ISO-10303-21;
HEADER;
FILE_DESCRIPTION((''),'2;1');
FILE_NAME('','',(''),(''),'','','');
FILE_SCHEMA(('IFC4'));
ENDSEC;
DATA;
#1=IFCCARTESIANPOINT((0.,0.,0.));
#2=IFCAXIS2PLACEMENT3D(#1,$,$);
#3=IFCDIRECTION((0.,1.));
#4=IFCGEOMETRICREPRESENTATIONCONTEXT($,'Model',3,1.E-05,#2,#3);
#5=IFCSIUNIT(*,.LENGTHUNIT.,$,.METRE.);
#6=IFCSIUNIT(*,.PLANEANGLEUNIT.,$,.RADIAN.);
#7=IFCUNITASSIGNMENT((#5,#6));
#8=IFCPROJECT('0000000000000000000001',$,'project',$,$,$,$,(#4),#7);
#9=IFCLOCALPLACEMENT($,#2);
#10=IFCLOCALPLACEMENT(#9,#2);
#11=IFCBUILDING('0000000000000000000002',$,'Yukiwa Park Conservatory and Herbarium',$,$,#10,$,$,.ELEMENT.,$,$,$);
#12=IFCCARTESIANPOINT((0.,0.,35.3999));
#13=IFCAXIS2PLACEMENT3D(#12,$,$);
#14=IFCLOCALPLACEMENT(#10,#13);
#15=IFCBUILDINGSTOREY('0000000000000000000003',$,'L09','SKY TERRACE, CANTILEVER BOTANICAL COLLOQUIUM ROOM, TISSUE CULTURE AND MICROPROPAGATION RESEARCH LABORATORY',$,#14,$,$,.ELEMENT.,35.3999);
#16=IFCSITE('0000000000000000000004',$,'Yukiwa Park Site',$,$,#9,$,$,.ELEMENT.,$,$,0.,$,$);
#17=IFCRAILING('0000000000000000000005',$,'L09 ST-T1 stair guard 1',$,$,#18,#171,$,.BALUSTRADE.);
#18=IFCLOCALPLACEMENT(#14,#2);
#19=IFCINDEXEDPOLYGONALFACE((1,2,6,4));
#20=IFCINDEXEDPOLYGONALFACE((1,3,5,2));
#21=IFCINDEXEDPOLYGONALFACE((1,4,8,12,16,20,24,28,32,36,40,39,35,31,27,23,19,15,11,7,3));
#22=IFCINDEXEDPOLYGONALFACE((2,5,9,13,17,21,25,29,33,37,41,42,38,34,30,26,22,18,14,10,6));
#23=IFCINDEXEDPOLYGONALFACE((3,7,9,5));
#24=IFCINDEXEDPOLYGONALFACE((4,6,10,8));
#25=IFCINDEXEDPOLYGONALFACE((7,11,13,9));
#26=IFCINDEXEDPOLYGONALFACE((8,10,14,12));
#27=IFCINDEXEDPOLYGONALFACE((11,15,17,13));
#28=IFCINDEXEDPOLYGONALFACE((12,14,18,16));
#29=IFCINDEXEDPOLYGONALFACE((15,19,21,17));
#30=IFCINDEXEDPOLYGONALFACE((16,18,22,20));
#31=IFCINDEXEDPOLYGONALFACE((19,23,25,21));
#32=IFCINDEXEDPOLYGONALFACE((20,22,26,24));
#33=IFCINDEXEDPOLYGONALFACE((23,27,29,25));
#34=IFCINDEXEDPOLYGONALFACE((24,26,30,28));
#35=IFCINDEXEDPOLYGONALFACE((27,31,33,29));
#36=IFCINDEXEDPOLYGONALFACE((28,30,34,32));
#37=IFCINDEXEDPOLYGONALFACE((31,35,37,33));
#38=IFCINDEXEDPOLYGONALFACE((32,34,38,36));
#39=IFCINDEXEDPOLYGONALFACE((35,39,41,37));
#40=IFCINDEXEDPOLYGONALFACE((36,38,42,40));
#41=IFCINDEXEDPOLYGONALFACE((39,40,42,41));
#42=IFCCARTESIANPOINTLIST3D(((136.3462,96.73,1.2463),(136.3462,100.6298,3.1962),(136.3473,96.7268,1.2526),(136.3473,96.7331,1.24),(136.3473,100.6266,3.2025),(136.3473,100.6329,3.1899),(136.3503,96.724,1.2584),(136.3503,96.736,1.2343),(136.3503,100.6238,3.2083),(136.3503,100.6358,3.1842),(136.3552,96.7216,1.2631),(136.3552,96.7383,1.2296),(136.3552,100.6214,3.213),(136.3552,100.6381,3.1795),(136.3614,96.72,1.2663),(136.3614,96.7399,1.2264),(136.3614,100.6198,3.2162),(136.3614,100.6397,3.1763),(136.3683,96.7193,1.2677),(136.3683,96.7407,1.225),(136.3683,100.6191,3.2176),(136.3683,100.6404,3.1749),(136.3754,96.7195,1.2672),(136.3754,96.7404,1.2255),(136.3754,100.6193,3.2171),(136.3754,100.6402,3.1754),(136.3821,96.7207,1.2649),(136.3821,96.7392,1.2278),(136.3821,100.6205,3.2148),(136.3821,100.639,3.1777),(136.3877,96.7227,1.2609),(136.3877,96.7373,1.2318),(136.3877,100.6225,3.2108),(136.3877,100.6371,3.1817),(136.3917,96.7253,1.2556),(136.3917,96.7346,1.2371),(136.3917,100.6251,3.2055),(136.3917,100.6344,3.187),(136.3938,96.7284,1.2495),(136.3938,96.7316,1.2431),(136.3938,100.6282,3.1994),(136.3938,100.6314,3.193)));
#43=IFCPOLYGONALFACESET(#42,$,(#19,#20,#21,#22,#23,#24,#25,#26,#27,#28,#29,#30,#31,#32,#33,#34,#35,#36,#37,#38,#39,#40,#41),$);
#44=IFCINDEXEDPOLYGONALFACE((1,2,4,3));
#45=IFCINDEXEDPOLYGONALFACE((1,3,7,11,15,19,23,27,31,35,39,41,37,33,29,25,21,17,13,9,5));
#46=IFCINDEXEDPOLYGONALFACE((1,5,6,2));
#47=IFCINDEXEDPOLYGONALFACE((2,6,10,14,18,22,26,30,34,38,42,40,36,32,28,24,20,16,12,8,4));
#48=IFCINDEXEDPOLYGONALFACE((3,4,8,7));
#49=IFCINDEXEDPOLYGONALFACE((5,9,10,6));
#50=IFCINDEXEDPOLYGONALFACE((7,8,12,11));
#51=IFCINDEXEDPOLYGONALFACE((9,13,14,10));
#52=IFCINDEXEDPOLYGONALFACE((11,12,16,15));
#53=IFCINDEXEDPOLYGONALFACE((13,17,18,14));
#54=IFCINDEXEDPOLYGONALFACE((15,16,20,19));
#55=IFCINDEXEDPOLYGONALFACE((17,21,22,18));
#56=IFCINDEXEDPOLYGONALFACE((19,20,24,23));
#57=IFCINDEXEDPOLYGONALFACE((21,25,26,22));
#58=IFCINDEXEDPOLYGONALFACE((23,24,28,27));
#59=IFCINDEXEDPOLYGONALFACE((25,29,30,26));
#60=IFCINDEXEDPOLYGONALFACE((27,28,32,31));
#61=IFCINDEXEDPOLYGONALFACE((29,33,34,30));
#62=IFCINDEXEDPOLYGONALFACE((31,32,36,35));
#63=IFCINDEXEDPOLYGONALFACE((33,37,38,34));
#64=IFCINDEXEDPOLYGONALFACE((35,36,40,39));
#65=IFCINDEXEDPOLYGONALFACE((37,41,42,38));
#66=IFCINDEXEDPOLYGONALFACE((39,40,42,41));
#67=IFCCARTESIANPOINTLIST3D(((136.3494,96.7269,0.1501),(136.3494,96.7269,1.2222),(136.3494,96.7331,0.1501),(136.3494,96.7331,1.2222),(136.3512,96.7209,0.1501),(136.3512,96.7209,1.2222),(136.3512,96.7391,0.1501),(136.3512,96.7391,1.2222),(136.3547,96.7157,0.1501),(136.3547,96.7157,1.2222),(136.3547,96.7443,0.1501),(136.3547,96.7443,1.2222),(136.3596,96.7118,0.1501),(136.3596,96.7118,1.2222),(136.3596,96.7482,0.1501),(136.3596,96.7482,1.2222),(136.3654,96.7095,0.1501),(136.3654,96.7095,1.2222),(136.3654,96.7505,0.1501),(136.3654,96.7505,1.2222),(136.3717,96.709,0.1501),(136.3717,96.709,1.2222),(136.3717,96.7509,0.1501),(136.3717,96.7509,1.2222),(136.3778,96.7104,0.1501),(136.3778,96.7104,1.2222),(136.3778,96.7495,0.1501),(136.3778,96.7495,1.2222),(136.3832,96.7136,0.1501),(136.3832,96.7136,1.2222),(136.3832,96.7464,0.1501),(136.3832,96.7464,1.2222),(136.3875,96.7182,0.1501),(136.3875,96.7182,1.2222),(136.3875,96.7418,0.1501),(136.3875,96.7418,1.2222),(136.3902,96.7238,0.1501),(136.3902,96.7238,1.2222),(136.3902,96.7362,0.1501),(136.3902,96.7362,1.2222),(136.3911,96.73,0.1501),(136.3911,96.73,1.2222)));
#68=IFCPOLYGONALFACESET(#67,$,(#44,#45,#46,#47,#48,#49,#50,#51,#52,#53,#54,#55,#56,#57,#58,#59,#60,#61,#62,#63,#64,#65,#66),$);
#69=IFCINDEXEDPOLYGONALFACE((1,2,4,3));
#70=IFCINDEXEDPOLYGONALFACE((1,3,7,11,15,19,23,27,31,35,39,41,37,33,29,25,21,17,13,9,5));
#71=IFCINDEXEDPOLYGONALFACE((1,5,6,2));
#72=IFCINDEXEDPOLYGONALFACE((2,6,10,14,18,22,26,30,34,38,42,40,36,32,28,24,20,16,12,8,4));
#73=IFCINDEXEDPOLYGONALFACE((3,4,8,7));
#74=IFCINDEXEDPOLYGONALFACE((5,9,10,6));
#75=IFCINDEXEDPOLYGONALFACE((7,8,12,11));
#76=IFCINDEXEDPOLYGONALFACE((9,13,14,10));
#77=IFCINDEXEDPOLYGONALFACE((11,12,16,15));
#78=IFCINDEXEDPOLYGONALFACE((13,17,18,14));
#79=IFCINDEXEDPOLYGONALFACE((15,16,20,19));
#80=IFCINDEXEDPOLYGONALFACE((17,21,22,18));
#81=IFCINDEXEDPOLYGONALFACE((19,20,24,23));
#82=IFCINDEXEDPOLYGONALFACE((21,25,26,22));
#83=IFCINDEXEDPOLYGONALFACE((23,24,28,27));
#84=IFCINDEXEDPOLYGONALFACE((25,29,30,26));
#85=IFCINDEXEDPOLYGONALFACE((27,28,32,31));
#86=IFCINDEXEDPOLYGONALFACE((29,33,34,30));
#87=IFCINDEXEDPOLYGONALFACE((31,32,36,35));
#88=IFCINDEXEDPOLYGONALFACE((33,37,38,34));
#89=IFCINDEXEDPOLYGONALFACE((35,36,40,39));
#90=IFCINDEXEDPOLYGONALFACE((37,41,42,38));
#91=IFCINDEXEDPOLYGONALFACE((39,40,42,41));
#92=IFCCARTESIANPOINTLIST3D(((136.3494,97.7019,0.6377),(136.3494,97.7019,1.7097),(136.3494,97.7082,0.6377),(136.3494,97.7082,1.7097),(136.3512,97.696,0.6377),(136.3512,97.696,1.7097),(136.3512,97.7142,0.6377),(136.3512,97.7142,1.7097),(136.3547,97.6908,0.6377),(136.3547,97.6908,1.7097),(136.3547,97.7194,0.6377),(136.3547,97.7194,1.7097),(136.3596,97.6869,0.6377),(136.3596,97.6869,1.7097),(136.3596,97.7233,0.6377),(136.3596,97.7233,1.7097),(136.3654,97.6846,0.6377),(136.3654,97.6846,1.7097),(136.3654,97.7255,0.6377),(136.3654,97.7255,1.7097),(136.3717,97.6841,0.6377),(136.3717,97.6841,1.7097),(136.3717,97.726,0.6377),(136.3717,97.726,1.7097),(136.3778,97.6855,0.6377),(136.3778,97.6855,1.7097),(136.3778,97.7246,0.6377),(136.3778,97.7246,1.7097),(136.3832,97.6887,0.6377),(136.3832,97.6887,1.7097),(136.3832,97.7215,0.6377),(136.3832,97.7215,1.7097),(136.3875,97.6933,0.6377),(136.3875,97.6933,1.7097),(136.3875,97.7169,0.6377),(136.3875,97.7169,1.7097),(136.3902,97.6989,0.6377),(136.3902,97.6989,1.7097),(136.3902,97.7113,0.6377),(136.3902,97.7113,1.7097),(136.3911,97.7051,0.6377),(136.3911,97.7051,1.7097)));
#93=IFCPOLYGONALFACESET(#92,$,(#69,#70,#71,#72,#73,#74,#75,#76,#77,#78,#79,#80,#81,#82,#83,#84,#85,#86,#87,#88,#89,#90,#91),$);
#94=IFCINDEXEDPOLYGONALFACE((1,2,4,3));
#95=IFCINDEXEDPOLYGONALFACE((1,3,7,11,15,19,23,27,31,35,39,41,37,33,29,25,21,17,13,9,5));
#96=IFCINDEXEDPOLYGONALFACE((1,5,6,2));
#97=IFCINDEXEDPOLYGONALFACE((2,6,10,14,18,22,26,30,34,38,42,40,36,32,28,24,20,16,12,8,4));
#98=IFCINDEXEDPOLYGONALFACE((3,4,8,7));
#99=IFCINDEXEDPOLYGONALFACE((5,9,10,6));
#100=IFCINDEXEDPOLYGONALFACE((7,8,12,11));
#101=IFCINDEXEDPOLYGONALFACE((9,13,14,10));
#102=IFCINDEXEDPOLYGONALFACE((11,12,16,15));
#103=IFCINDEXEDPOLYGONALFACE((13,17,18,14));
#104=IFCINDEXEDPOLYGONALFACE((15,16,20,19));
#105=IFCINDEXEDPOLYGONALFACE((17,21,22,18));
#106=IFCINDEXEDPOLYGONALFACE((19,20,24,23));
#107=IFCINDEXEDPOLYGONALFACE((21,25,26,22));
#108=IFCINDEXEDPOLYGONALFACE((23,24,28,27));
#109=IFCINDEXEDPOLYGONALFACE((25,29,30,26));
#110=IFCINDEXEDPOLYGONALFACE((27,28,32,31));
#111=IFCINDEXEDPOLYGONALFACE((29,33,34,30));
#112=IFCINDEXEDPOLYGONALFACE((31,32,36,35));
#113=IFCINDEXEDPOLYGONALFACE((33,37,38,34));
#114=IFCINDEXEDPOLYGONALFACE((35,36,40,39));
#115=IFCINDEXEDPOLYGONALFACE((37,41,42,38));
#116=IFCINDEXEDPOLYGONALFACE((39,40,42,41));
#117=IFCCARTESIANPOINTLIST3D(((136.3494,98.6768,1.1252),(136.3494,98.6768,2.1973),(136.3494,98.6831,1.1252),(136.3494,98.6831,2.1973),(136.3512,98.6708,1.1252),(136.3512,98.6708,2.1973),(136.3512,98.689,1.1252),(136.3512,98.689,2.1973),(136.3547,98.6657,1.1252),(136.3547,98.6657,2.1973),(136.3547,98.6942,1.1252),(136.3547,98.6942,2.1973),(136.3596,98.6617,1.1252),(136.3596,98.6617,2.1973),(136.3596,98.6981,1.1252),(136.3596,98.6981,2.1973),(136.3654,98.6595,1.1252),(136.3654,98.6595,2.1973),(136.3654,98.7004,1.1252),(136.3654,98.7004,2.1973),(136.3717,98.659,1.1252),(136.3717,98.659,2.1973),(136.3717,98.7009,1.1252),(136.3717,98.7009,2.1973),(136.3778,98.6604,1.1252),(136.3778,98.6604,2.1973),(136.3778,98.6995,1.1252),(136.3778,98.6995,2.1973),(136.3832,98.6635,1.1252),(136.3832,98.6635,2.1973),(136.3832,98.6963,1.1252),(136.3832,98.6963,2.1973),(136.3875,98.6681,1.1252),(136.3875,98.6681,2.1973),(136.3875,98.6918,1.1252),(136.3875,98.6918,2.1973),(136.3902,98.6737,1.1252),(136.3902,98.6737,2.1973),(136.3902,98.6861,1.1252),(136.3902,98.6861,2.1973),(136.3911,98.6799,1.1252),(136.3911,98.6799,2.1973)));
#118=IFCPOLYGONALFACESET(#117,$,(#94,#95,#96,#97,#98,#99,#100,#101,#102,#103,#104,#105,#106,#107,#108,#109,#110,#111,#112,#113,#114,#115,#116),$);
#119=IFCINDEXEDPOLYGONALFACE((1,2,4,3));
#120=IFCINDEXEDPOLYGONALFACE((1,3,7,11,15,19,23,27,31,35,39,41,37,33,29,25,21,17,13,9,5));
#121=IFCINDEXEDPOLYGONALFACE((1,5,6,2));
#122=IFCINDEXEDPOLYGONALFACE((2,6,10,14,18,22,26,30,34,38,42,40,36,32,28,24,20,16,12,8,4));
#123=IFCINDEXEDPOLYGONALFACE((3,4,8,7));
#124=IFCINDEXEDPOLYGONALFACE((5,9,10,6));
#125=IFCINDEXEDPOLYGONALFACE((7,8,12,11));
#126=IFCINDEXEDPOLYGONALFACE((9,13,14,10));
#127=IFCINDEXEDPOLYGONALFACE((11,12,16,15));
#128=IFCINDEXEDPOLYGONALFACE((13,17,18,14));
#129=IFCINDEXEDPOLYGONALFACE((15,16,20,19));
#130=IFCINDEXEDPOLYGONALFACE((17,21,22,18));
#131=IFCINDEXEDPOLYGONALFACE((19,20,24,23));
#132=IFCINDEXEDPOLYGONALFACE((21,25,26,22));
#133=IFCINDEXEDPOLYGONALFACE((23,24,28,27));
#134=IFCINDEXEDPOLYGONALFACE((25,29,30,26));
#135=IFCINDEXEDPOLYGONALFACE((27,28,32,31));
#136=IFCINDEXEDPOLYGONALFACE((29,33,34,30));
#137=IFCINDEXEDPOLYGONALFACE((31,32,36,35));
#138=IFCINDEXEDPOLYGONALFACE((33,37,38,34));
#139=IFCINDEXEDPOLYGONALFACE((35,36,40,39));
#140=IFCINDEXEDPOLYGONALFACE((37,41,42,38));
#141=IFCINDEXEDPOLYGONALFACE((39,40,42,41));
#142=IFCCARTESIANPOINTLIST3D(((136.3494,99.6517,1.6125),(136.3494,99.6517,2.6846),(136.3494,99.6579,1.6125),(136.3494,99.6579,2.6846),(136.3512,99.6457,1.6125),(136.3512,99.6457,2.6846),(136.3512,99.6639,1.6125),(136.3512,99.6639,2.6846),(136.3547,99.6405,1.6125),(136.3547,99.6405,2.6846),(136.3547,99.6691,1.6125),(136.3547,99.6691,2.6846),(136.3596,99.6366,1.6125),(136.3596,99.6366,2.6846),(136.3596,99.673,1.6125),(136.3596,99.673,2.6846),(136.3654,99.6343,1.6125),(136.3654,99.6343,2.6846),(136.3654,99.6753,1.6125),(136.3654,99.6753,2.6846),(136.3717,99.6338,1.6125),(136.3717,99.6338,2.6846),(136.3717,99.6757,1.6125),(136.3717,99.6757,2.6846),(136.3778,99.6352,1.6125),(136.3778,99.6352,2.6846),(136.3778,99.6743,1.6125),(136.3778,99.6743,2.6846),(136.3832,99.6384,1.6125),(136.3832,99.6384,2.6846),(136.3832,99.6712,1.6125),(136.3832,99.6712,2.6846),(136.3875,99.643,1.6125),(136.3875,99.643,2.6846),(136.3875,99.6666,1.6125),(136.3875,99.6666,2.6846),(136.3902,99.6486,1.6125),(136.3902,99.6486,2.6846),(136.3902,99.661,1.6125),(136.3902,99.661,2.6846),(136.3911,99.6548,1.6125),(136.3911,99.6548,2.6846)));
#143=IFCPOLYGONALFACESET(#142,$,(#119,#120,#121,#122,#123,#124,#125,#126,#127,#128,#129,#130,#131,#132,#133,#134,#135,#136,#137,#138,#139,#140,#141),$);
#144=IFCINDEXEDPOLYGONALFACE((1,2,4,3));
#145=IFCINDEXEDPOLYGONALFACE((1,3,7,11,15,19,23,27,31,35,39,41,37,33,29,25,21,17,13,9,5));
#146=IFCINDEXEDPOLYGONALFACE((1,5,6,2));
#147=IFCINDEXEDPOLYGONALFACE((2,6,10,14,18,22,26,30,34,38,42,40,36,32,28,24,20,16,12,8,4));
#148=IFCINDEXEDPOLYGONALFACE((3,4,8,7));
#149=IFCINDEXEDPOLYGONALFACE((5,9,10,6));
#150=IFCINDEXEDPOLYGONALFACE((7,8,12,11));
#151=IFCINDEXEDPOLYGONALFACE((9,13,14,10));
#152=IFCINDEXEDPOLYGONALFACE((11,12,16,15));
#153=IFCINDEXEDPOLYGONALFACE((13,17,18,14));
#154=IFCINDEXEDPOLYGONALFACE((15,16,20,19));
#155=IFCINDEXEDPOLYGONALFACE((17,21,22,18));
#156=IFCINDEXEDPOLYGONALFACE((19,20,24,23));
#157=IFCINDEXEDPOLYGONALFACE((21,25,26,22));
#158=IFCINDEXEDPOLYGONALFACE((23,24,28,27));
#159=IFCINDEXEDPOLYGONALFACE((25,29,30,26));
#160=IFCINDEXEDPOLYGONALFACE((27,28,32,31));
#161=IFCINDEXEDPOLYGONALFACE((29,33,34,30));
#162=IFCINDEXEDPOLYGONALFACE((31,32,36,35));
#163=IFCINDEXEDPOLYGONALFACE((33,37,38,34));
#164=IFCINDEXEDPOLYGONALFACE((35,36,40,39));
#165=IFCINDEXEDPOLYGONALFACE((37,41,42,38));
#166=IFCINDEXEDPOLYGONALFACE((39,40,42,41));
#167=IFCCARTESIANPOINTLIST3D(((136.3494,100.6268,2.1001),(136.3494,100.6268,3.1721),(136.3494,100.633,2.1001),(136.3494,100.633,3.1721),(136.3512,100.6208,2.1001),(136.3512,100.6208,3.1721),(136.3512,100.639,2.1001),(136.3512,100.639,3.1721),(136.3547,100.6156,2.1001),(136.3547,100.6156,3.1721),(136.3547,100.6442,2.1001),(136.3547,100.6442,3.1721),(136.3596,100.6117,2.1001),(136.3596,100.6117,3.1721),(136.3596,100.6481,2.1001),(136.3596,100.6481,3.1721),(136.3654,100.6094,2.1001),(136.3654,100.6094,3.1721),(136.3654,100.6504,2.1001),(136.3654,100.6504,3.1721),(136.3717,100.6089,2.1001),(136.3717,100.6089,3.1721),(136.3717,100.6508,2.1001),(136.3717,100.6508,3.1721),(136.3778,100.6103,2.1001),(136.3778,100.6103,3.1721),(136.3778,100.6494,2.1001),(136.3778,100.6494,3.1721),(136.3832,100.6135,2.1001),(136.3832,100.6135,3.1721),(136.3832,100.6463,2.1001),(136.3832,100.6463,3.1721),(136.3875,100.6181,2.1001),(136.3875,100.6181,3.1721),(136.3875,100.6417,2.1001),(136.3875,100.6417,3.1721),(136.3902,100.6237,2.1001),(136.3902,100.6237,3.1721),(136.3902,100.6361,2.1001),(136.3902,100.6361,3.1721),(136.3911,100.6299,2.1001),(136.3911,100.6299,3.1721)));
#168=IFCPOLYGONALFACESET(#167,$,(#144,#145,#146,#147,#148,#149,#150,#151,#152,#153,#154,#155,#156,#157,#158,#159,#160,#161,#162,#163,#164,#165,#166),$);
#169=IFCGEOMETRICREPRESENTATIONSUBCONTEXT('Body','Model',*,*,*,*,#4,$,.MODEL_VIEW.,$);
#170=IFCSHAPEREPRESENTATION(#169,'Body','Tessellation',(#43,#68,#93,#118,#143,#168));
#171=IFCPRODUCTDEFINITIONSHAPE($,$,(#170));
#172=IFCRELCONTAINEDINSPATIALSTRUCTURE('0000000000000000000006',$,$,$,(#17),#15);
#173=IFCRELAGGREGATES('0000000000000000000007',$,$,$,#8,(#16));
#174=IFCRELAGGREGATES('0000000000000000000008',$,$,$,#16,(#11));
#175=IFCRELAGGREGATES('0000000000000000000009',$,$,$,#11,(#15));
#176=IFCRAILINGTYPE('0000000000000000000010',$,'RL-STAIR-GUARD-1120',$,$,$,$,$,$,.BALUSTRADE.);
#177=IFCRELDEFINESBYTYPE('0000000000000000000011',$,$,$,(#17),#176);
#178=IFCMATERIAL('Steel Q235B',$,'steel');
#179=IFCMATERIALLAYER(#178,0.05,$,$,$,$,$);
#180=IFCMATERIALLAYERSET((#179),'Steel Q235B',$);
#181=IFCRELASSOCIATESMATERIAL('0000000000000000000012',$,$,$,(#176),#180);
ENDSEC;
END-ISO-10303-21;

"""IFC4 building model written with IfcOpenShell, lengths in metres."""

from ifc_helpers import new_model, si_unit, direction, frame, origin, origin_2d, place, context, subcontext, project, spatial, circle, extrude, material, layer, layer_set, type_object, element, save


model = new_model("IFC4")

# Units and contexts
model_context = context("Model", 3, precision=1e-05, world=origin(), true_north=direction((0.0, 1.0)))
body_context = subcontext(model_context, "Body", "Model", "MODEL_VIEW")
ifc_project = project(units=[si_unit("LENGTHUNIT", "METRE"), si_unit("PLANEANGLEUNIT", "RADIAN")], contexts=[model_context])

# Site, building, storey
site_placement = place(None, origin())
site = spatial("IfcSite", under=ifc_project, at=site_placement, Name="Yukiwa Park Site", CompositionType="ELEMENT", RefElevation=0.0)
building_placement = place(site_placement, origin())
building = spatial("IfcBuilding", under=site, at=building_placement, Name="Yukiwa Park Conservatory and Herbarium", CompositionType="ELEMENT")
storey_placement = place(building_placement, frame((0.0, 0.0, 35.3999)))
storey = spatial("IfcBuildingStorey", under=building, at=storey_placement, Name="L09", Description="SKY TERRACE, CANTILEVER BOTANICAL COLLOQUIUM ROOM, TISSUE CULTURE AND MICROPROPAGATION RESEARCH LABORATORY", CompositionType="ELEMENT", Elevation=35.3999)

# Railing
ifc_material_1 = material(Name="Steel Q235B", Category="steel")
ifc_layer_1 = layer(ifc_material_1, 0.05)
ifc_layer_set_1 = layer_set([ifc_layer_1], Name="Steel Q235B")
railing_type_1 = type_object("IfcRailingType", Name="RL-STAIR-GUARD-1120", PredefinedType="BALUSTRADE", material=ifc_layer_set_1)
railing_1_placement = place(storey_placement, frame((136.3701, 96.73, 0.1501)))
element("IfcRailing", 1, at=railing_1_placement, inside=storey, type_object=railing_type_1, Name="L09 ST-T1 stair guard 1", PredefinedType="BALUSTRADE", context=body_context, shape_type="SweptSolid", body=[
    extrude(circle(Radius=0.0239, at=origin_2d()), frame((0.0, 0.0, 1.0962), z_axis=(0.0, 0.894427, 0.447214), x_axis=(-1.0, 0.0, 0.0)), (0.0, 0.0, 1.0), 4.3601),
    extrude(circle(Radius=0.021, at=origin_2d()), origin(), (0.0, 0.0, 1.0), 1.072),
    extrude(circle(Radius=0.021, at=origin_2d()), frame((0.0, 0.9751, 0.4875)), (0.0, 0.0, 1.0), 1.072),
    extrude(circle(Radius=0.021, at=origin_2d()), frame((0.0, 1.95, 0.9751)), (0.0, 0.0, 1.0), 1.072),
    extrude(circle(Radius=0.021, at=origin_2d()), frame((0.0, 2.9248, 1.4624)), (0.0, 0.0, 1.0), 1.072),
    extrude(circle(Radius=0.021, at=origin_2d()), frame((0.0, 3.8999, 1.95)), (0.0, 0.0, 1.0), 1.072),
])

save(model, "model.ifc")
